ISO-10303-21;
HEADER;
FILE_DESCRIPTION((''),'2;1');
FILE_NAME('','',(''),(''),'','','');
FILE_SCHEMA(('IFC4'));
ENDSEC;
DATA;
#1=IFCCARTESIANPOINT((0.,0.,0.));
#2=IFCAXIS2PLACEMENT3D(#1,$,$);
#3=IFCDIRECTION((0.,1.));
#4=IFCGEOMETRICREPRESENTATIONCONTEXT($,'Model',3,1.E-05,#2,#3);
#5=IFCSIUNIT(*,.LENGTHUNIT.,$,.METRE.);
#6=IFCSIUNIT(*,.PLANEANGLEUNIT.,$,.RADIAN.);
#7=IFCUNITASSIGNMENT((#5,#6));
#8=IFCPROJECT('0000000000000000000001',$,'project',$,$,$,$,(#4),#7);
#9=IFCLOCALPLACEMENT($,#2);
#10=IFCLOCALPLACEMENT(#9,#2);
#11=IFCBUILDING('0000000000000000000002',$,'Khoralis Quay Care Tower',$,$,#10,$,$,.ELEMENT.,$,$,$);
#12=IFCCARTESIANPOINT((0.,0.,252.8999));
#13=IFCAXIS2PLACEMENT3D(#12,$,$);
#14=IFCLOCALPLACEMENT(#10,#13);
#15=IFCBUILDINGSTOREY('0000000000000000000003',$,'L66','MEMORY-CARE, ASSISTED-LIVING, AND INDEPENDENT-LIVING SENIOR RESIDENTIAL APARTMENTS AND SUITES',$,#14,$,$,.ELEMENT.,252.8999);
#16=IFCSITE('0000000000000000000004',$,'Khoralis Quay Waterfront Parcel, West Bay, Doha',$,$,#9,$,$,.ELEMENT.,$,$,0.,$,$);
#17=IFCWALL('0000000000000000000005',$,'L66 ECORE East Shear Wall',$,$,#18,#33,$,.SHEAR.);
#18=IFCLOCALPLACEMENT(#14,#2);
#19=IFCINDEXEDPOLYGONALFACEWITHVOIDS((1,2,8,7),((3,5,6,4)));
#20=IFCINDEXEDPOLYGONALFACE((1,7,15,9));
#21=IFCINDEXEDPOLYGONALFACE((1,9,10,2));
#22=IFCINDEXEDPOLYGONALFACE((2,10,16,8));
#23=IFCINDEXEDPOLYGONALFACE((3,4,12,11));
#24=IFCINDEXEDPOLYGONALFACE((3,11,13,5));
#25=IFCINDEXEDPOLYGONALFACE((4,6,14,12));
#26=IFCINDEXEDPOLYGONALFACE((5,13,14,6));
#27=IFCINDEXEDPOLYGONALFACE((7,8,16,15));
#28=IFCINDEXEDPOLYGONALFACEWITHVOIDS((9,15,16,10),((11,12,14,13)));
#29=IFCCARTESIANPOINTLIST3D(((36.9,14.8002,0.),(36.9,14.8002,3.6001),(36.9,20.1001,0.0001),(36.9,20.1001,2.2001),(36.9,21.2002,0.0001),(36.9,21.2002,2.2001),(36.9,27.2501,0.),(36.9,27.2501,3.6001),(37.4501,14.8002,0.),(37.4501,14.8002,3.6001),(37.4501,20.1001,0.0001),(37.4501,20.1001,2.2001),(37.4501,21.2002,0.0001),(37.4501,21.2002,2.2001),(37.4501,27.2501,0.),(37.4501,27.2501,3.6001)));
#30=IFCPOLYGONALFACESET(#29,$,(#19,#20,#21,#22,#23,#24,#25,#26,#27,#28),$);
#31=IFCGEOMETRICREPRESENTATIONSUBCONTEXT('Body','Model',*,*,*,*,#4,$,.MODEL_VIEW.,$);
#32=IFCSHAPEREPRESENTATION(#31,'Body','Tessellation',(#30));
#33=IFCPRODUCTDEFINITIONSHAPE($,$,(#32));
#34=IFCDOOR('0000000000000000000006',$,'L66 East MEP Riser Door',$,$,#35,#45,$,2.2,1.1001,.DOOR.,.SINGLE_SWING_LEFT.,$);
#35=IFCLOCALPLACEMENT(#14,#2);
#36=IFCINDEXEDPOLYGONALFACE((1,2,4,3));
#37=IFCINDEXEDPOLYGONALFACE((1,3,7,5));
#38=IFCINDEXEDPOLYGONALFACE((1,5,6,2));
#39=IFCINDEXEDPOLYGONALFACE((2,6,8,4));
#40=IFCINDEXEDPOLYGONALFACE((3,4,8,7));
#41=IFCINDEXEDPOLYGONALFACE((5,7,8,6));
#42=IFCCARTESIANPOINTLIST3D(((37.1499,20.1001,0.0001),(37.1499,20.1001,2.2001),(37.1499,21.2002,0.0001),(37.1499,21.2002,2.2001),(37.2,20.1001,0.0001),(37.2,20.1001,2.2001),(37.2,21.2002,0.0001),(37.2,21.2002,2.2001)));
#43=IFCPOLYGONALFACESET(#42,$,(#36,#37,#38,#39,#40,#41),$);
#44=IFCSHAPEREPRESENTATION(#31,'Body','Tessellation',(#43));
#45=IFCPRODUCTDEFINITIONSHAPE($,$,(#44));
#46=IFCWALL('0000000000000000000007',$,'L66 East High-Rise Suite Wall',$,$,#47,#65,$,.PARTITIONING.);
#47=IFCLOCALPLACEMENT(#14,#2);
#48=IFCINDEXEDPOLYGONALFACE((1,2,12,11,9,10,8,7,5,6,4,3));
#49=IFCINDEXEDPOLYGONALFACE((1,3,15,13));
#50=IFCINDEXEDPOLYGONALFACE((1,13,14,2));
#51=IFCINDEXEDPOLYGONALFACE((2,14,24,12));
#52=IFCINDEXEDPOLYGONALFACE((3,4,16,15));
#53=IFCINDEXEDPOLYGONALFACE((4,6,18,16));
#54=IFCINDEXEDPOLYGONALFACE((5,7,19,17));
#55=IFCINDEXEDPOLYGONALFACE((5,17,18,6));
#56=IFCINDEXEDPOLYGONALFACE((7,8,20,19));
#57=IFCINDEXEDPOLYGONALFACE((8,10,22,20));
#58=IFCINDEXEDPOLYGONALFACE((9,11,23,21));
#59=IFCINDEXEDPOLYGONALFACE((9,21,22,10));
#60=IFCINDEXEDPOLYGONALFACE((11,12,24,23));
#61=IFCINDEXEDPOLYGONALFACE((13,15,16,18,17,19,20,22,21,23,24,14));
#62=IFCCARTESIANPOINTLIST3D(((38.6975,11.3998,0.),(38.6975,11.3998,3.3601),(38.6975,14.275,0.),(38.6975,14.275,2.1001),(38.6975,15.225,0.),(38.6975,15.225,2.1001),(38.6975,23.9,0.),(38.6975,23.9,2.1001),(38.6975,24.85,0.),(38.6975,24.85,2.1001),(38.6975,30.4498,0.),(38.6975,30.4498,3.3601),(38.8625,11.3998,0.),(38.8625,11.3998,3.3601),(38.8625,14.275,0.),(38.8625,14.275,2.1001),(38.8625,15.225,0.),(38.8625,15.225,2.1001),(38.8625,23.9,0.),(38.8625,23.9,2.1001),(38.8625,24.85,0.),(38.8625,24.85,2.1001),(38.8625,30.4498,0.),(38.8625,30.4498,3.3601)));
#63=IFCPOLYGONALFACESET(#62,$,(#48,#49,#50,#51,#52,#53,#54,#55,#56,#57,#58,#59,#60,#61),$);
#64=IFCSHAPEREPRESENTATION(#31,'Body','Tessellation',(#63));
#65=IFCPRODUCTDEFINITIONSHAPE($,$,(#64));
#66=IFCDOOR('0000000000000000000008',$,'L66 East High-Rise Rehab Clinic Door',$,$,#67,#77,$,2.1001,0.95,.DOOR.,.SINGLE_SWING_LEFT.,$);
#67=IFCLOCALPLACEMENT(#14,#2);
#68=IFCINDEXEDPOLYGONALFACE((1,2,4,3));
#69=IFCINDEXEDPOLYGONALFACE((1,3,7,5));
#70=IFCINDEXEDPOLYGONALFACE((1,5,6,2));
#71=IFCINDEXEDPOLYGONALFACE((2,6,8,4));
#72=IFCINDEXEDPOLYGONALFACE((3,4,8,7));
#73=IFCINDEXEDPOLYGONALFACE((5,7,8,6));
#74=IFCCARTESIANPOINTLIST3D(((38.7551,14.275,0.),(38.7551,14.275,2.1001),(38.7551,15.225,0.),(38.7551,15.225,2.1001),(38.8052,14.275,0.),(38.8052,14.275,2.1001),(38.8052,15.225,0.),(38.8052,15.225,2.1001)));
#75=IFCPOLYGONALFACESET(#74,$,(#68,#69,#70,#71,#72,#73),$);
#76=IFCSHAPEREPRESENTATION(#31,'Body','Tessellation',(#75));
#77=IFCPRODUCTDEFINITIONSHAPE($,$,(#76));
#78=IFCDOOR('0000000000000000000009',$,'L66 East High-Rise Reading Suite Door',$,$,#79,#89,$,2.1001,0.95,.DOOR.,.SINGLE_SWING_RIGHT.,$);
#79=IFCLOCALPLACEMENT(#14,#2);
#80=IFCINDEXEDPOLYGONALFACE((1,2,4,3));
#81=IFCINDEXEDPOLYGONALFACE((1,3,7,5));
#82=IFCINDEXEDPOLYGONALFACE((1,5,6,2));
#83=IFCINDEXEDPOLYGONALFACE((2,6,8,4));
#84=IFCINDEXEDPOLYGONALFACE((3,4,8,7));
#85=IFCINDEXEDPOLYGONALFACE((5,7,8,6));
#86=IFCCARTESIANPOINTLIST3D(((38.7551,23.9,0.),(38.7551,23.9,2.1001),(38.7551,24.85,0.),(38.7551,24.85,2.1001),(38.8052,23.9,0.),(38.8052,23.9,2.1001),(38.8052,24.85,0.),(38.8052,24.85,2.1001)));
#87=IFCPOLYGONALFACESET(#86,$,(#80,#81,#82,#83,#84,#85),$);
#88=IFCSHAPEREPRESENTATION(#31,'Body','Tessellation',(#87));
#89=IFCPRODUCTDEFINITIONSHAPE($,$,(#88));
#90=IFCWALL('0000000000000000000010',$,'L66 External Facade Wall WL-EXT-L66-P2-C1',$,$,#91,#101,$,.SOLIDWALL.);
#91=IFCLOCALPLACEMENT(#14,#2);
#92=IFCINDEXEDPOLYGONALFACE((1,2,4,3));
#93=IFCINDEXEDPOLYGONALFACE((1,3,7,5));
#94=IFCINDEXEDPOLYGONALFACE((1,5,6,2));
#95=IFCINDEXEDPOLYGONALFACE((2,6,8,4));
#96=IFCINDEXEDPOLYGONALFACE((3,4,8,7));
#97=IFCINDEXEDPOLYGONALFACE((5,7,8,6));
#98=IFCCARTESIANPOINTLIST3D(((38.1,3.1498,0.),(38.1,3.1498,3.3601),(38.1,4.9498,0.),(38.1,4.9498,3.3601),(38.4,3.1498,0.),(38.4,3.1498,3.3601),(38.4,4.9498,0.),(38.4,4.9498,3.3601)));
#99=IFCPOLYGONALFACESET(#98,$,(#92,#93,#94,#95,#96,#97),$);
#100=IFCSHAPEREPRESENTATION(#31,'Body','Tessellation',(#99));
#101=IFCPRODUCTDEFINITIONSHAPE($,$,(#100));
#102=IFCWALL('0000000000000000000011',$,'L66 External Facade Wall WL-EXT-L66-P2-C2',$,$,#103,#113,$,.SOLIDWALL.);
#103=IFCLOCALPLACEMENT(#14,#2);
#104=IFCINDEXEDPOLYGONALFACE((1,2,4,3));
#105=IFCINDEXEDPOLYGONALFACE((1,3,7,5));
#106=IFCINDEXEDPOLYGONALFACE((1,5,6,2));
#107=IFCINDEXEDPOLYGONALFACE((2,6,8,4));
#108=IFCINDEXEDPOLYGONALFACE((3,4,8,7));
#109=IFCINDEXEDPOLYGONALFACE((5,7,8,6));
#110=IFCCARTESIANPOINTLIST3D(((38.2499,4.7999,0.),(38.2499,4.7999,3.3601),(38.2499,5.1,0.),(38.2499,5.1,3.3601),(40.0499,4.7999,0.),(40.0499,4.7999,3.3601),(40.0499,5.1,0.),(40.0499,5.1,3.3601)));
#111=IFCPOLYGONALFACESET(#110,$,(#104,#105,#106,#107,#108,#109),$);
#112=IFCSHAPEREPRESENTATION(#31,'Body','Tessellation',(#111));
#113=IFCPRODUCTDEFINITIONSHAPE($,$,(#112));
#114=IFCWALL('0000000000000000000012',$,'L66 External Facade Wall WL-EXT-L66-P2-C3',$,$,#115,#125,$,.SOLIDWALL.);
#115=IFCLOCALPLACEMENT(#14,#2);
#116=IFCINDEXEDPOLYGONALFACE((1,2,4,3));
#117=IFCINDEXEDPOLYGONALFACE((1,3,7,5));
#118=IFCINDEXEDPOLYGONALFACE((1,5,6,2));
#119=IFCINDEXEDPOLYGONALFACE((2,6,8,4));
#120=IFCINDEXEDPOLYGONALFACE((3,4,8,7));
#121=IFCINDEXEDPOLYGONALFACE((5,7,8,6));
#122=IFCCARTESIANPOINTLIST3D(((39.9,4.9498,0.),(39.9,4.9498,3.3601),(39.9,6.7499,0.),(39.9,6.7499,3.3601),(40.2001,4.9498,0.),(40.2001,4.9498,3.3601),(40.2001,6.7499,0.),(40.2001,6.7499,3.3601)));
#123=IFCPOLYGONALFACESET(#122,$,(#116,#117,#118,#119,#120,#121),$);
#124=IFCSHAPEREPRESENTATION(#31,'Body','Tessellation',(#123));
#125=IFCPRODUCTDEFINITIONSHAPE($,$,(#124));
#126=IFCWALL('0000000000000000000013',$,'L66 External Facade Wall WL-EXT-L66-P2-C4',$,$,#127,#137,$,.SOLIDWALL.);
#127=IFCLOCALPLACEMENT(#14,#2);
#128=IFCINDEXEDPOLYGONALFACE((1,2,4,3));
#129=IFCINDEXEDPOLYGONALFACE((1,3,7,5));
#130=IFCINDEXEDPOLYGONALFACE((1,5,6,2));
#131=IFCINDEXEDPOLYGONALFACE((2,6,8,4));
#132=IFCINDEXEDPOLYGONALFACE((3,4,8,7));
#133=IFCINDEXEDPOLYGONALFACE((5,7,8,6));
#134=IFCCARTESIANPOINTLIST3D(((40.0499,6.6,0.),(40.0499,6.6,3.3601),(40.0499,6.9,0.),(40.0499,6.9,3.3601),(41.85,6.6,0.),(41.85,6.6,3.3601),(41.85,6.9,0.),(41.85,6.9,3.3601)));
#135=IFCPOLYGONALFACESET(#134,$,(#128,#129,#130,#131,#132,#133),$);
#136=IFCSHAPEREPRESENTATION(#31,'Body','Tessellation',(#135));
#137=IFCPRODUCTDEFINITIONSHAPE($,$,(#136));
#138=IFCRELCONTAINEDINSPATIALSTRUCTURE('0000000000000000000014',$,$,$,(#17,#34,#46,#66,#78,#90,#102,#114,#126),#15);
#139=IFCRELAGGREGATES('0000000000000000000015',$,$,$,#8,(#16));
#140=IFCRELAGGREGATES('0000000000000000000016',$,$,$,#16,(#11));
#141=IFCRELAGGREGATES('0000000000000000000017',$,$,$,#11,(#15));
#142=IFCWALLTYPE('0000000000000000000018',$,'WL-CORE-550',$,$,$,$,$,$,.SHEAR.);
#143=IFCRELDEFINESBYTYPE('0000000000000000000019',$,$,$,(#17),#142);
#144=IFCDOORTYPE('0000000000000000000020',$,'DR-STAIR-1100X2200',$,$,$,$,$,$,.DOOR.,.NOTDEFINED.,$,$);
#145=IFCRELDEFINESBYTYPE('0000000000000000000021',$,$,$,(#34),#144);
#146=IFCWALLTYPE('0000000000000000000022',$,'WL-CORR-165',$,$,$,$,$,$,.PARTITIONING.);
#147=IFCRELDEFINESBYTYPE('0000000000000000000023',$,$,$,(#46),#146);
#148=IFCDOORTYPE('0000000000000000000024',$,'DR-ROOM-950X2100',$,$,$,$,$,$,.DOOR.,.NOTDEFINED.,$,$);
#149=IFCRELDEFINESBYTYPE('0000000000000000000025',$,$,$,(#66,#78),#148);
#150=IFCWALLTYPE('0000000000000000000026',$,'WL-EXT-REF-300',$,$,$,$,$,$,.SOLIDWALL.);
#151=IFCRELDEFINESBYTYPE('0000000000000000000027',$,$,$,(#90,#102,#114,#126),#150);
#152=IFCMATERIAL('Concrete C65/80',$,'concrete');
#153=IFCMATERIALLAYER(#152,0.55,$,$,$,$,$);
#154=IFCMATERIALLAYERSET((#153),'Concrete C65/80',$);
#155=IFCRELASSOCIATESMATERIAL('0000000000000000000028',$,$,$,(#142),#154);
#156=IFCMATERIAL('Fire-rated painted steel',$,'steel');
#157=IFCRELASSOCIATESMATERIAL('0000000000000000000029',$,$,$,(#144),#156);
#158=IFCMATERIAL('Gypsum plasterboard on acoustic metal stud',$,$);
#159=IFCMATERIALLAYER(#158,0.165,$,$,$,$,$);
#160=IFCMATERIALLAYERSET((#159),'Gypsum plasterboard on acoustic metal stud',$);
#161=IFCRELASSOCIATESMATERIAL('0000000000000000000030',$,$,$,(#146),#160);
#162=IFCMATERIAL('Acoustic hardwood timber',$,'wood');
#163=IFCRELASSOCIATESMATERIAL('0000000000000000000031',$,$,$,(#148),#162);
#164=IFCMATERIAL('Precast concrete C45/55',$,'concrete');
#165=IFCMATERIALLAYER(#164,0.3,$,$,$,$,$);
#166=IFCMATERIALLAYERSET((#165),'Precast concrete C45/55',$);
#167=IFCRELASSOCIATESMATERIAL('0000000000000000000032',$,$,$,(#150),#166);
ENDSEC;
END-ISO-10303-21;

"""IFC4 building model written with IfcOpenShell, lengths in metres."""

from ifc_helpers import new_model, si_unit, direction, frame, frame_2d, origin, place, context, subcontext, project, spatial, rectangle, extrude, source, transform, mapped, material, layer, layer_set, type_object, element, fill, save


model = new_model("IFC4")

# Units and contexts
model_context = context("Model", 3, precision=1e-05, world=origin(), true_north=direction((0.0, 1.0)))
body_context = subcontext(model_context, "Body", "Model", "MODEL_VIEW")
ifc_project = project(units=[si_unit("LENGTHUNIT", "METRE"), si_unit("PLANEANGLEUNIT", "RADIAN")], contexts=[model_context])

# Site, building, storey
site_placement = place(None, origin())
site = spatial("IfcSite", under=ifc_project, at=site_placement, Name="Khoralis Quay Waterfront Parcel, West Bay, Doha", CompositionType="ELEMENT", RefElevation=0.0)
building_placement = place(site_placement, origin())
building = spatial("IfcBuilding", under=site, at=building_placement, Name="Khoralis Quay Care Tower", CompositionType="ELEMENT")
storey_placement = place(building_placement, frame((0.0, 0.0, 252.8999)))
storey = spatial("IfcBuildingStorey", under=building, at=storey_placement, Name="L66", Description="MEMORY-CARE, ASSISTED-LIVING, AND INDEPENDENT-LIVING SENIOR RESIDENTIAL APARTMENTS AND SUITES", CompositionType="ELEMENT", Elevation=252.8999)

# Shared definitions
ifc_material_1 = material(Name="Gypsum plasterboard on acoustic metal stud")

# Wall, opening, door
ifc_material_2 = material(Name="Concrete C65/80", Category="concrete")
ifc_layer_1 = layer(ifc_material_2, 0.55)
ifc_layer_set_1 = layer_set([ifc_layer_1], Name="Concrete C65/80")
wall_type_1 = type_object("IfcWallType", Name="WL-CORE-550", PredefinedType="SHEAR", material=ifc_layer_set_1)
wall_1_placement = place(storey_placement, frame((37.175, 14.8, 0.0), z_axis=(0.0, 0.0, 1.0), x_axis=(0.0, 1.0, 0.0)))
wall_1 = element("IfcWall", 1, at=wall_1_placement, inside=storey, type_object=wall_type_1, Name="L66 ECORE East Shear Wall", PredefinedType="SHEAR", context=body_context, shape_type="SweptSolid", body=[
    extrude(rectangle(XDim=12.45, YDim=0.55, at=frame_2d((6.2251, 0.0))), origin(), (0.0, 0.0, 1.0), 3.6001),
])
opening_1_placement = place(wall_1_placement, frame((5.3, 0.0, 0.0)))
opening_1 = element("IfcOpeningElement", 2, at=opening_1_placement, cuts=wall_1, PredefinedType="OPENING", context=body_context, shape_type="SweptSolid", body=[
    extrude(rectangle(XDim=1.1001, YDim=2.2, at=frame_2d((0.55, 1.1001))), frame((0.0, 0.2852, 0.0), z_axis=(0.0, -1.0, 0.0), x_axis=(1.0, 0.0, 0.0)), (0.0, 0.0, 1.0), 0.5701),
])
ifc_material_3 = material(Name="Fire-rated painted steel", Category="steel")
door_type_1 = type_object("IfcDoorType", Name="DR-STAIR-1100X2200", OperationType="NOTDEFINED", PredefinedType="DOOR", material=ifc_material_3)
shared_shape_1 = source(origin(), body_context, "Body", "SweptSolid", [
    extrude(rectangle(XDim=1.1001, YDim=2.2, at=frame_2d((0.55, 1.1001))), frame((0.0, 0.0249, 0.0), z_axis=(0.0, -1.0, 0.0), x_axis=(1.0, 0.0, 0.0)), (0.0, 0.0, 1.0), 0.05),
])
door_1_placement = place(opening_1_placement, frame((1.1001, 0.0, 0.0), z_axis=(0.0, 0.0, 1.0), x_axis=(-1.0, 0.0, 0.0)))
door_1 = element("IfcDoor", 3, at=door_1_placement, inside=storey, type_object=door_type_1, Name="L66 East MEP Riser Door", OperationType="SINGLE_SWING_LEFT", OverallHeight=2.2, OverallWidth=1.1001, PredefinedType="DOOR", context=body_context, shape_type="MappedRepresentation", body=[
    mapped(shared_shape_1, transform((0.0, 0.0, 0.0), scale=1.0)),
])
fill(opening_1, door_1)

# Wall, openings, doors
ifc_layer_2 = layer(ifc_material_1, 0.165)
ifc_layer_set_2 = layer_set([ifc_layer_2], Name="Gypsum plasterboard on acoustic metal stud")
wall_type_2 = type_object("IfcWallType", Name="WL-CORR-165", PredefinedType="PARTITIONING", material=ifc_layer_set_2)
wall_2_placement = place(storey_placement, frame((38.78, 11.3999, 0.0), z_axis=(0.0, 0.0, 1.0), x_axis=(0.0, 1.0, 0.0)))
wall_2 = element("IfcWall", 4, at=wall_2_placement, inside=storey, type_object=wall_type_2, Name="L66 East High-Rise Suite Wall", PredefinedType="PARTITIONING", context=body_context, shape_type="SweptSolid", body=[
    extrude(rectangle(XDim=19.05, YDim=0.165, at=frame_2d((9.5249, 0.0))), origin(), (0.0, 0.0, 1.0), 3.3601),
])
opening_2_placement = place(wall_2_placement, frame((2.875, 0.0, 0.0)))
opening_2 = element("IfcOpeningElement", 5, at=opening_2_placement, cuts=wall_2, PredefinedType="OPENING", context=body_context, shape_type="SweptSolid", body=[
    extrude(rectangle(XDim=0.95, YDim=2.1001, at=frame_2d((0.4751, 1.05))), frame((0.0, 0.0925, 0.0), z_axis=(0.0, -1.0, 0.0), x_axis=(1.0, 0.0, 0.0)), (0.0, 0.0, 1.0), 0.1851),
])
opening_3_placement = place(wall_2_placement, frame((12.5, 0.0, 0.0)))
opening_3 = element("IfcOpeningElement", 6, at=opening_3_placement, cuts=wall_2, PredefinedType="OPENING", context=body_context, shape_type="SweptSolid", body=[
    extrude(rectangle(XDim=0.95, YDim=2.1001, at=frame_2d((0.4751, 1.05))), frame((0.0, 0.0925, 0.0), z_axis=(0.0, -1.0, 0.0), x_axis=(1.0, 0.0, 0.0)), (0.0, 0.0, 1.0), 0.1851),
])
ifc_material_4 = material(Name="Acoustic hardwood timber", Category="wood")
door_type_2 = type_object("IfcDoorType", Name="DR-ROOM-950X2100", OperationType="NOTDEFINED", PredefinedType="DOOR", material=ifc_material_4)
shared_shape_2 = source(origin(), body_context, "Body", "SweptSolid", [
    extrude(rectangle(XDim=0.95, YDim=2.1001, at=frame_2d((0.4751, 1.05))), frame((0.0, 0.0249, 0.0), z_axis=(0.0, -1.0, 0.0), x_axis=(1.0, 0.0, 0.0)), (0.0, 0.0, 1.0), 0.05),
])
door_2_placement = place(opening_2_placement, origin())
door_2 = element("IfcDoor", 7, at=door_2_placement, inside=storey, type_object=door_type_2, Name="L66 East High-Rise Rehab Clinic Door", OperationType="SINGLE_SWING_LEFT", OverallHeight=2.1001, OverallWidth=0.95, PredefinedType="DOOR", context=body_context, shape_type="MappedRepresentation", body=[
    mapped(shared_shape_2, transform((0.0, 0.0, 0.0), scale=1.0)),
])
fill(opening_2, door_2)
door_3_placement = place(opening_3_placement, origin())
door_3 = element("IfcDoor", 8, at=door_3_placement, inside=storey, type_object=door_type_2, Name="L66 East High-Rise Reading Suite Door", OperationType="SINGLE_SWING_RIGHT", OverallHeight=2.1001, OverallWidth=0.95, PredefinedType="DOOR", context=body_context, shape_type="MappedRepresentation", body=[
    mapped(shared_shape_2, transform((0.0, 0.0, 0.0), scale=1.0)),
])
fill(opening_3, door_3)

# Walls
ifc_material_5 = material(Name="Precast concrete C45/55", Category="concrete")
ifc_layer_3 = layer(ifc_material_5, 0.3)
ifc_layer_set_3 = layer_set([ifc_layer_3], Name="Precast concrete C45/55")
wall_type_3 = type_object("IfcWallType", Name="WL-EXT-REF-300", PredefinedType="SOLIDWALL", material=ifc_layer_set_3)
for number, where, z_axis, x_axis, name in (
    (9, (38.25, 3.1499, 0.0), (0.0, 0.0, 1.0), (0.0, 1.0, 0.0), "L66 External Facade Wall WL-EXT-L66-P2-C1"),
    (10, (38.25, 4.95, 0.0), (0.0, 0.0, 1.0), (1.0, 0.0, 0.0), "L66 External Facade Wall WL-EXT-L66-P2-C2"),
    (11, (40.05, 4.95, 0.0), (0.0, 0.0, 1.0), (0.0, 1.0, 0.0), "L66 External Facade Wall WL-EXT-L66-P2-C3"),
    (12, (40.05, 6.75, 0.0), (0.0, 0.0, 1.0), (1.0, 0.0, 0.0), "L66 External Facade Wall WL-EXT-L66-P2-C4"),
):
    element("IfcWall", number, at=place(storey_placement, frame(where, z_axis=z_axis, x_axis=x_axis)), inside=storey, type_object=wall_type_3, Name=name, PredefinedType="SOLIDWALL", context=body_context, shape_type="SweptSolid", body=[
        extrude(rectangle(XDim=1.8, YDim=0.3, at=frame_2d((0.8999, 0.0))), origin(), (0.0, 0.0, 1.0), 3.3601),
    ])

save(model, "model.ifc")
